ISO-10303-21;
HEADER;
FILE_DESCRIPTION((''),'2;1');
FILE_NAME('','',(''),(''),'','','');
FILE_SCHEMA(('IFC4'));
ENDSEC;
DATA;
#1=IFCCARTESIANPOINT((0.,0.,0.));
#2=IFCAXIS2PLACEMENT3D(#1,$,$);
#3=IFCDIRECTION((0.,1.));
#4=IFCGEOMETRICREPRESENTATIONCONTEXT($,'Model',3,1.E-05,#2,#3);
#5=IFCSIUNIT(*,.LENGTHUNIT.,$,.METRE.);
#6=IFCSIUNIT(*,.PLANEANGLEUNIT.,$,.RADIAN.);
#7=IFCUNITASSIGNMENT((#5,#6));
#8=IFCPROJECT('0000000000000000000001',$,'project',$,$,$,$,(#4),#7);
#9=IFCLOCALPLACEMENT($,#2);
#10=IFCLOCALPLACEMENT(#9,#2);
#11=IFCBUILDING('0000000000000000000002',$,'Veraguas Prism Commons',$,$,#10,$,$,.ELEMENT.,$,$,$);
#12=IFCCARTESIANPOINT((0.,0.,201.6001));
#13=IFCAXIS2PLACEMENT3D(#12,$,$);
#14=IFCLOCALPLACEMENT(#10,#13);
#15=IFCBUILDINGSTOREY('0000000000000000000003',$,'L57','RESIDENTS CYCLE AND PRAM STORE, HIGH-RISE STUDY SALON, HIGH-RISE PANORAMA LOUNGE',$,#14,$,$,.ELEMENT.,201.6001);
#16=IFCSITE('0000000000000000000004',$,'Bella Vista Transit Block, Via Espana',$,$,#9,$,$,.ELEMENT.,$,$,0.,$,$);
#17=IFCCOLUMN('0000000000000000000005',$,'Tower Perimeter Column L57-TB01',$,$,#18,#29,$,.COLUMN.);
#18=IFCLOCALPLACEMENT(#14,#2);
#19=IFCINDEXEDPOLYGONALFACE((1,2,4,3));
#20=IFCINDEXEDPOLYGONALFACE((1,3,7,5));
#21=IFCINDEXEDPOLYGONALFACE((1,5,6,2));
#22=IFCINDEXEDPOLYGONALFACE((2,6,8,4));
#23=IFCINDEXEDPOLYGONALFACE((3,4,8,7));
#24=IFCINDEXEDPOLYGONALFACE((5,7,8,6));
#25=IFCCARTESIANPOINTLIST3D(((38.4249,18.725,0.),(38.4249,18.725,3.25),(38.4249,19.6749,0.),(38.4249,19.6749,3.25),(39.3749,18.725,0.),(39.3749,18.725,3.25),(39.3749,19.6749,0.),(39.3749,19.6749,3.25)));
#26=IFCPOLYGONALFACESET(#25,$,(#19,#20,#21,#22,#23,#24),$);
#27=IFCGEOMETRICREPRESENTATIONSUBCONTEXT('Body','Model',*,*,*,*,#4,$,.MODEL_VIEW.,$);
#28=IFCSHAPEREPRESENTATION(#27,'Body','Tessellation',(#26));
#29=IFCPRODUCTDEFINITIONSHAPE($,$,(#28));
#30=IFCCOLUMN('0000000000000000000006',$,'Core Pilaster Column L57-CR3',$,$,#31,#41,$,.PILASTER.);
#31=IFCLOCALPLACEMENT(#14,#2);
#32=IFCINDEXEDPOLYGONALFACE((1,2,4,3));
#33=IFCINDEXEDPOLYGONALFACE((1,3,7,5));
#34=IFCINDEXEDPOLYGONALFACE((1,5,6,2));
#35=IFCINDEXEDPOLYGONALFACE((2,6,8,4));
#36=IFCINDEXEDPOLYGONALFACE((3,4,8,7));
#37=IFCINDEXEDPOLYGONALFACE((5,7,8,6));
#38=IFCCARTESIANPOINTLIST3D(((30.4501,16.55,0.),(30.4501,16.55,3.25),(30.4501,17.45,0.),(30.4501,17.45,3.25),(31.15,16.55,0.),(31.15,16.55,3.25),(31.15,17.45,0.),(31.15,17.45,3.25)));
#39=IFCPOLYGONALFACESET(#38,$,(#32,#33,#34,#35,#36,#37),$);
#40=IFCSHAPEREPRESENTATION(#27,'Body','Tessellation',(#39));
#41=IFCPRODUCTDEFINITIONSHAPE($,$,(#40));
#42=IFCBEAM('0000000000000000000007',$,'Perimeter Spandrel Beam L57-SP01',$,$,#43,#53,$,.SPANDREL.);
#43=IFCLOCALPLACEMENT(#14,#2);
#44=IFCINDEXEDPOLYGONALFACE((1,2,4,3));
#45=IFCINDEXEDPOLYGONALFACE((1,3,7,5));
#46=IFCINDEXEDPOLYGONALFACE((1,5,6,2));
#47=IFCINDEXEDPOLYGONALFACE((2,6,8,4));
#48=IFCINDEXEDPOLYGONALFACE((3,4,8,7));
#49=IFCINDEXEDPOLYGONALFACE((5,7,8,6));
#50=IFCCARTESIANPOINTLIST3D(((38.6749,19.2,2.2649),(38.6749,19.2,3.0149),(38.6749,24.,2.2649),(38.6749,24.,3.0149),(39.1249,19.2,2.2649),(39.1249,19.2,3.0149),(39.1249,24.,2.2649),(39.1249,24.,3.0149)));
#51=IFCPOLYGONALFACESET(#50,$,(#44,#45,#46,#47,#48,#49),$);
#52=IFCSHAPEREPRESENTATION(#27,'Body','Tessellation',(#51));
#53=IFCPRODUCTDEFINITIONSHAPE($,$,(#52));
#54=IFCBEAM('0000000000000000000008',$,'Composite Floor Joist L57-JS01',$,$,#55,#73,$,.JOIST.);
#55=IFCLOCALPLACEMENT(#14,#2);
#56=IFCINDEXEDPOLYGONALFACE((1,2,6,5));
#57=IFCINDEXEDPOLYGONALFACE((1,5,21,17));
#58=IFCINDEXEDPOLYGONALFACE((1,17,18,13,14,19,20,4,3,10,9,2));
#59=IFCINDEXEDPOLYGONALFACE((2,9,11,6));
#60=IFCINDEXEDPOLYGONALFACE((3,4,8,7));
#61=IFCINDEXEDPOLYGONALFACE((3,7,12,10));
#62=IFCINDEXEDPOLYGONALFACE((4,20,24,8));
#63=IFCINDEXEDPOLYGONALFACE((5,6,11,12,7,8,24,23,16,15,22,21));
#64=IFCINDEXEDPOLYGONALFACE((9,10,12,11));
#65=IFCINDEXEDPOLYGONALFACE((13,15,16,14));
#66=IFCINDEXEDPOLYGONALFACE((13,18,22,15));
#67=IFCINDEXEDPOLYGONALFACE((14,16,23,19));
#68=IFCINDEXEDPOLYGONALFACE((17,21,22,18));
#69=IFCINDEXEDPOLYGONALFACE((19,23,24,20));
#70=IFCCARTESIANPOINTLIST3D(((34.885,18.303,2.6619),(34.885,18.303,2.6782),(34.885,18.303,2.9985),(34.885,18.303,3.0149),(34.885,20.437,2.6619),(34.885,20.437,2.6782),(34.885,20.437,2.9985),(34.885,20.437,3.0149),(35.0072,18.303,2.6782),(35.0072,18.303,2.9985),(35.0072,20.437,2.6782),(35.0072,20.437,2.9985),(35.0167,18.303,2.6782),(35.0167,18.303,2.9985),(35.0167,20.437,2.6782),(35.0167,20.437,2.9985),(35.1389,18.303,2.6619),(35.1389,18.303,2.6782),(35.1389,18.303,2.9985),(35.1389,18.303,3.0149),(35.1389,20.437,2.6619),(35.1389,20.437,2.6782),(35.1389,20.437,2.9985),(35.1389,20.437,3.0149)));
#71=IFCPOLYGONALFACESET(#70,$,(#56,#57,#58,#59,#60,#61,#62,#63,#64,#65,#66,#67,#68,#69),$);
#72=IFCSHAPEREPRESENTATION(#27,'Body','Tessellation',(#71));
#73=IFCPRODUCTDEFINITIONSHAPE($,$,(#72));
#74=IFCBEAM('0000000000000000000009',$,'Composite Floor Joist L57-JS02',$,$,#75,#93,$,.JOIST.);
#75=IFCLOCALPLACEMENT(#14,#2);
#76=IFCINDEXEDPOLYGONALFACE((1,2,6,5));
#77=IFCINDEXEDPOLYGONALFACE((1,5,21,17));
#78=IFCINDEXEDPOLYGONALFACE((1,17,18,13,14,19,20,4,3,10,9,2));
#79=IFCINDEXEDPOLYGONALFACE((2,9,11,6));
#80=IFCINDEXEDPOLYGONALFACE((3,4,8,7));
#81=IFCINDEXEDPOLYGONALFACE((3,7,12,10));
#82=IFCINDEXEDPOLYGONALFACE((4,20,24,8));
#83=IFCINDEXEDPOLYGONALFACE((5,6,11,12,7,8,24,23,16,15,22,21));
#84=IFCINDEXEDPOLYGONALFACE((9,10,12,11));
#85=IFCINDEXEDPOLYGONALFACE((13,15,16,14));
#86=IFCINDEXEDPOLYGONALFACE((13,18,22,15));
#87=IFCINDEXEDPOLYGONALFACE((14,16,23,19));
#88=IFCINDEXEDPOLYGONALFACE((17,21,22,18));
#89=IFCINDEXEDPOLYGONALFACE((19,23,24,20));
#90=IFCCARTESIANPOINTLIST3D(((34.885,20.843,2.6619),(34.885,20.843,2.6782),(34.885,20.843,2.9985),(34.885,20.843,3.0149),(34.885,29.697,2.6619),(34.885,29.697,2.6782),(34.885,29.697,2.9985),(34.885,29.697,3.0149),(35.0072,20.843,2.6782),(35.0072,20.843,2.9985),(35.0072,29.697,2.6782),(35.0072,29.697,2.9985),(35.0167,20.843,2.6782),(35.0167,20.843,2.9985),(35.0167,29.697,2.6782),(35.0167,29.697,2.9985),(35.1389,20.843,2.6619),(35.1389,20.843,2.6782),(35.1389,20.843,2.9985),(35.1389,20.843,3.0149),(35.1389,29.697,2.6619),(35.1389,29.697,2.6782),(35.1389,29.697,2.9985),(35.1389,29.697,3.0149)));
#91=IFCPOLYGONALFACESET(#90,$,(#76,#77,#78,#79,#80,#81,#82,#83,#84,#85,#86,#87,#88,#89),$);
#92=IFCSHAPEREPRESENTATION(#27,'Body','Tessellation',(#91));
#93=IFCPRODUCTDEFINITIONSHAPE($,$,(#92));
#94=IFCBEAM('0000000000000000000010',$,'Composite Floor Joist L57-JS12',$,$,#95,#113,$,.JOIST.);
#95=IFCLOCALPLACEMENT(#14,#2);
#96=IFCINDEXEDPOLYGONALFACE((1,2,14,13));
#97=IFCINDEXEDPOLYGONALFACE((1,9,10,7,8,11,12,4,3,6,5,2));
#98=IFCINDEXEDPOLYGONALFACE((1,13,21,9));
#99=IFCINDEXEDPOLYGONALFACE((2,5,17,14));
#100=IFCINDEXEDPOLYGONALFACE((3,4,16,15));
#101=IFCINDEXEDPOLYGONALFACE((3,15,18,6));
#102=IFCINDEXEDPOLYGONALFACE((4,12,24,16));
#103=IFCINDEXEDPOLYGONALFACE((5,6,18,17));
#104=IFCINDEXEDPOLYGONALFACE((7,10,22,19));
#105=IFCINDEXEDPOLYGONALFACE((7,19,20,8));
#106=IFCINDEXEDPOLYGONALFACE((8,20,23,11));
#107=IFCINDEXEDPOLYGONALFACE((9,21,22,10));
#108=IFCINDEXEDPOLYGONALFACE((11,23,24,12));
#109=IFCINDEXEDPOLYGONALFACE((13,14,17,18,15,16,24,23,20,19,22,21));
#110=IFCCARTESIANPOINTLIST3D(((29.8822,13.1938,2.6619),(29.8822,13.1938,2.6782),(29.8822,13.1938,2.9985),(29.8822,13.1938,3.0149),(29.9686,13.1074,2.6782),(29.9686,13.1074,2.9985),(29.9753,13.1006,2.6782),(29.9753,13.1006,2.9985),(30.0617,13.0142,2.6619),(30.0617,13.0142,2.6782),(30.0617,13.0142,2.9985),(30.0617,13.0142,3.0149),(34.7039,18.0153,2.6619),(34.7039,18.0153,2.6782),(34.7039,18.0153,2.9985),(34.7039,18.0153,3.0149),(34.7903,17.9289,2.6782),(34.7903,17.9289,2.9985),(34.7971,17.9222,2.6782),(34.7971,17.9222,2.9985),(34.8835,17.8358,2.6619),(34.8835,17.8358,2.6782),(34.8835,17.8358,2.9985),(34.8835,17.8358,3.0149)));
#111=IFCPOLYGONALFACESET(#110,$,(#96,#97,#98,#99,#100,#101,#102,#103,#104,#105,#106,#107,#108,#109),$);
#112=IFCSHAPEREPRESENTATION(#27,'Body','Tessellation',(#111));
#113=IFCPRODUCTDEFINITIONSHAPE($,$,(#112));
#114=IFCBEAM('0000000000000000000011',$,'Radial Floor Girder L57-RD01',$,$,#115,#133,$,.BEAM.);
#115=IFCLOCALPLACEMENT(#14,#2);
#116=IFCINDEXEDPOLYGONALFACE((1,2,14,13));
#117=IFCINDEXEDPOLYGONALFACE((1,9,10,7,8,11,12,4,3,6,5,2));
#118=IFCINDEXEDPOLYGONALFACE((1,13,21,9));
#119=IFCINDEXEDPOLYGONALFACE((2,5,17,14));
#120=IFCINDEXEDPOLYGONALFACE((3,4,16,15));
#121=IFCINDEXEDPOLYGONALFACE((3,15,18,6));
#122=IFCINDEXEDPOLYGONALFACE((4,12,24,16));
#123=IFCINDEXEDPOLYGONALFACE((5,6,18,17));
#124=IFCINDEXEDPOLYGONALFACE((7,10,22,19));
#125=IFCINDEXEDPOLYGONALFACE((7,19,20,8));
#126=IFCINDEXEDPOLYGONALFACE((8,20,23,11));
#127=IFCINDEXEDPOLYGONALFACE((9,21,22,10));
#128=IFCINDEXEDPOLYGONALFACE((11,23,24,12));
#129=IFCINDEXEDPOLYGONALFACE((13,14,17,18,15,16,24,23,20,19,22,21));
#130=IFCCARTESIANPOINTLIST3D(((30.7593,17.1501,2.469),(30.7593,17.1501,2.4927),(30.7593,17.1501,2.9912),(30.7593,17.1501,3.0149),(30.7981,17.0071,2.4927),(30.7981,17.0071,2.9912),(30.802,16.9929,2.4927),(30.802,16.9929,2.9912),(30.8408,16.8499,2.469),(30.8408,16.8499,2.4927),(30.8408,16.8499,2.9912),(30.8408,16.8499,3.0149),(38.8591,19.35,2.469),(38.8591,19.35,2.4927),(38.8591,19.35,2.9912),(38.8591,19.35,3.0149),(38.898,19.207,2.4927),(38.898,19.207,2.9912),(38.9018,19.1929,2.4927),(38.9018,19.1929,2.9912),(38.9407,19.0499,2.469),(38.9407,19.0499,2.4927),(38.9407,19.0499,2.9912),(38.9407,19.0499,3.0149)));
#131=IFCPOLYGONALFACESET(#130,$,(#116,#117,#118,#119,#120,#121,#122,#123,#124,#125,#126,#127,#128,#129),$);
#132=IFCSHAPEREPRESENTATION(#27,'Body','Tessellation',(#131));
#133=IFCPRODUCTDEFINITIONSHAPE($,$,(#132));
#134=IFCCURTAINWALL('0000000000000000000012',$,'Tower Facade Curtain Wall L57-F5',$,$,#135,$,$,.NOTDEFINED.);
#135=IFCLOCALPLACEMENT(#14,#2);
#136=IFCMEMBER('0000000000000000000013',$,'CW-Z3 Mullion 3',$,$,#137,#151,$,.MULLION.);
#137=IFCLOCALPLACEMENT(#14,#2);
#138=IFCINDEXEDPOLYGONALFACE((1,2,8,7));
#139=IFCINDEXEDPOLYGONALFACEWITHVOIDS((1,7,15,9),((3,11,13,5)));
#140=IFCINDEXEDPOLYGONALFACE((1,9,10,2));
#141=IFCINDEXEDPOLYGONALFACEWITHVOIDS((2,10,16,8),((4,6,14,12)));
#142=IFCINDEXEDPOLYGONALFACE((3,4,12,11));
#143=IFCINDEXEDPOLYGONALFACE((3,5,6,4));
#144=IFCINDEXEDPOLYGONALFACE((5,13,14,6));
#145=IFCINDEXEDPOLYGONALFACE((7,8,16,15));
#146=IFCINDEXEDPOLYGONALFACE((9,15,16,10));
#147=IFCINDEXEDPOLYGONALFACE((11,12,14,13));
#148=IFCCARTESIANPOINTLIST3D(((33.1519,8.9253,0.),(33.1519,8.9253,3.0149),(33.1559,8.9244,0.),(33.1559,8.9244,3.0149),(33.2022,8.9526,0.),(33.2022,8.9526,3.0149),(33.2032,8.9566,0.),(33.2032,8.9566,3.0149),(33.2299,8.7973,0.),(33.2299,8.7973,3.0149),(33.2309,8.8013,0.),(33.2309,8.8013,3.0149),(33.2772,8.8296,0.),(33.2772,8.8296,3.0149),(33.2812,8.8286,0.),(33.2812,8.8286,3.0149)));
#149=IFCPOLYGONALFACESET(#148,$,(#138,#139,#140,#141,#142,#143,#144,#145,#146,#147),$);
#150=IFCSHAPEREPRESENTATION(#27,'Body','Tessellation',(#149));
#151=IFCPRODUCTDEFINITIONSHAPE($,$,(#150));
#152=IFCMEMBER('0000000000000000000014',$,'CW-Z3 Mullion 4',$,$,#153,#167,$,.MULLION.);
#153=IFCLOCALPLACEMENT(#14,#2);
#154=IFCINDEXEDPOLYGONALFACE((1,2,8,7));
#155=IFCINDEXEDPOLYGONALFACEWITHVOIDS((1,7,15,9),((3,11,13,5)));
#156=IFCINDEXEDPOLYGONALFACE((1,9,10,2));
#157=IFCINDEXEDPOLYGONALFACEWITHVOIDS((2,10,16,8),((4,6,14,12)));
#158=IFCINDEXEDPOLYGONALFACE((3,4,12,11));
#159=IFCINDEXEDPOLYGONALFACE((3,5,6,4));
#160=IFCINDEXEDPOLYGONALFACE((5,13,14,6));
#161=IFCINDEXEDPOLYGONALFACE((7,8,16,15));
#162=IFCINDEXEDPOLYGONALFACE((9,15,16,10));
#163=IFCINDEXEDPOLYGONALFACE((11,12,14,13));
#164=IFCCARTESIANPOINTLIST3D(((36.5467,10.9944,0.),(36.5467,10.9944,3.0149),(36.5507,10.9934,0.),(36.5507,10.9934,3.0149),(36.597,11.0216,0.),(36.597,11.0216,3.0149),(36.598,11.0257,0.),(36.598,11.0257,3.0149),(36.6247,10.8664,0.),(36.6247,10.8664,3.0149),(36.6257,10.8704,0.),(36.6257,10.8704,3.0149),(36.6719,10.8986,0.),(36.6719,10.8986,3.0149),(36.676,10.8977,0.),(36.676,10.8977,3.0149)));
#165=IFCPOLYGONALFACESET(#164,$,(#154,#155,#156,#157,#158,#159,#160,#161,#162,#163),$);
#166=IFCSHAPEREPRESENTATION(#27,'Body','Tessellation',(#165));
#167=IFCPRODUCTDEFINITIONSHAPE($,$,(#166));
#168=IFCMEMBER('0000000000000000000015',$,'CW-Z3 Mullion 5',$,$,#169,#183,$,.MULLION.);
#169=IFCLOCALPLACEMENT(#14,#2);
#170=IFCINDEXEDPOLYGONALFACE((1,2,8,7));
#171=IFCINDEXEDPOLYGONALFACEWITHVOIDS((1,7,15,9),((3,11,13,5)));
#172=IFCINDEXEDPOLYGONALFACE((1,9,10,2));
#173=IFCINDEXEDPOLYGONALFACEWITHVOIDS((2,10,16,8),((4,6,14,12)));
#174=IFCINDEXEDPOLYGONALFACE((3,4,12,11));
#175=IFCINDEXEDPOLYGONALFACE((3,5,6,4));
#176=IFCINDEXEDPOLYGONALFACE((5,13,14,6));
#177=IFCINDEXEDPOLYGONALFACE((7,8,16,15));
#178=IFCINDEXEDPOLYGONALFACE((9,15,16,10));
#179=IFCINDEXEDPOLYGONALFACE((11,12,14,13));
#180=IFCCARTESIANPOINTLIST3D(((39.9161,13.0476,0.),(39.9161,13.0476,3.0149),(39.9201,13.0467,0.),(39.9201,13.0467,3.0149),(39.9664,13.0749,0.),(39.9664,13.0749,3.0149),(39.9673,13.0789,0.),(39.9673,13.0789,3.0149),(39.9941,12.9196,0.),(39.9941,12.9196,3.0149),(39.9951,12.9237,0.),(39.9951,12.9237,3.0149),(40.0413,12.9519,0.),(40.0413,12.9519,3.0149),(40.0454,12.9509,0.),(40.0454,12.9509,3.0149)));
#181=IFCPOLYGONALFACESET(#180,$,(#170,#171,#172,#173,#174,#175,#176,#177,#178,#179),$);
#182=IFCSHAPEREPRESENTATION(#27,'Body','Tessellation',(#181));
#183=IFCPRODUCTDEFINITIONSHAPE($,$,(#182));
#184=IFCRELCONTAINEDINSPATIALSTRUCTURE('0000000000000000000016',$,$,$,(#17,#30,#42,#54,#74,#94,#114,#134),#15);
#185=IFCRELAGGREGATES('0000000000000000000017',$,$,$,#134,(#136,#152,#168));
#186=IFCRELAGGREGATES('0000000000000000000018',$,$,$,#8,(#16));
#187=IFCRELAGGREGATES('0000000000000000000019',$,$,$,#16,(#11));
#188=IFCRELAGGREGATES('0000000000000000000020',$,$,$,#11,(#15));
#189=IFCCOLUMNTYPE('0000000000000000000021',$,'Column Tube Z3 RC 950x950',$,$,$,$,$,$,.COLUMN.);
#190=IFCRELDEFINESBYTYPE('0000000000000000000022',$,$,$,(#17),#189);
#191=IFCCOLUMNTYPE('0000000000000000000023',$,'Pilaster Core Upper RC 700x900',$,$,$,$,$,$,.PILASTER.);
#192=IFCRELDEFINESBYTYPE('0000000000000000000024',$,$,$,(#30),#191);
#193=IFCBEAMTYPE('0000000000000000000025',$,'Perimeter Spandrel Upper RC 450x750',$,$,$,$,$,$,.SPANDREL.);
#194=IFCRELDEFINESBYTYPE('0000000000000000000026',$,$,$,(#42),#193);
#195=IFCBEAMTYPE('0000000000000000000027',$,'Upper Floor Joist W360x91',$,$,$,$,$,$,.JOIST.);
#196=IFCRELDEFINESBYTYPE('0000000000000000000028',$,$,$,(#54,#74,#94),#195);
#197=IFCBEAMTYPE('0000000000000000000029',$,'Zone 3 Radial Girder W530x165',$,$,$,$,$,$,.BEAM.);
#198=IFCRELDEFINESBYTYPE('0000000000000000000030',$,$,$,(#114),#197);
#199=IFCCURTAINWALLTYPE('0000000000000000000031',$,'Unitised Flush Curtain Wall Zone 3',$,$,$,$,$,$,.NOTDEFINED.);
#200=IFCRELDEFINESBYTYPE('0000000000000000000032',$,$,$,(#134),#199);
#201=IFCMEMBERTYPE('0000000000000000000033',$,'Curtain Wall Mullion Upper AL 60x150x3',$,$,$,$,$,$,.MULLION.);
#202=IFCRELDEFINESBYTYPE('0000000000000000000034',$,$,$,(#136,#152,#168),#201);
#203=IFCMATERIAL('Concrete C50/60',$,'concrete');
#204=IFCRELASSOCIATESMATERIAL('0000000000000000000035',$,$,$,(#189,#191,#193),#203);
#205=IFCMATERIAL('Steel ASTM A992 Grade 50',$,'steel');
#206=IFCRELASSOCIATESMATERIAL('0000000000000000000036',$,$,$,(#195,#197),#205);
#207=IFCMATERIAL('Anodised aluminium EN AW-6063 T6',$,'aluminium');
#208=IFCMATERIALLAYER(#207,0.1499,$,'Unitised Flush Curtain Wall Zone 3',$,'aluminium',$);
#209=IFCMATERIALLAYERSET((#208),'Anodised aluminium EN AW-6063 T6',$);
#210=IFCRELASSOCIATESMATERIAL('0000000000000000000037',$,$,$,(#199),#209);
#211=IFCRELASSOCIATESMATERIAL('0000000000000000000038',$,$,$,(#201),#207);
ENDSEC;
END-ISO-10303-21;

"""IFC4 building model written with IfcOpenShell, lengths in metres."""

from ifc_helpers import new_model, si_unit, direction, frame, origin, origin_2d, place, context, subcontext, project, spatial, rectangle, hollow_rectangle, i_section, extrude, source, transform, mapped, material, layer, layer_set, material_profile, profile_set, type_object, element, aggregate, save


model = new_model("IFC4")

# Units and contexts
model_context = context("Model", 3, precision=1e-05, world=origin(), true_north=direction((0.0, 1.0)))
body_context = subcontext(model_context, "Body", "Model", "MODEL_VIEW")
ifc_project = project(units=[si_unit("LENGTHUNIT", "METRE"), si_unit("PLANEANGLEUNIT", "RADIAN")], contexts=[model_context])

# Site, building, storey
site_placement = place(None, origin())
site = spatial("IfcSite", under=ifc_project, at=site_placement, Name="Bella Vista Transit Block, Via Espana", CompositionType="ELEMENT", RefElevation=0.0)
building_placement = place(site_placement, origin())
building = spatial("IfcBuilding", under=site, at=building_placement, Name="Veraguas Prism Commons", CompositionType="ELEMENT")
storey_placement = place(building_placement, frame((0.0, 0.0, 201.6001)))
storey = spatial("IfcBuildingStorey", under=building, at=storey_placement, Name="L57", Description="RESIDENTS CYCLE AND PRAM STORE, HIGH-RISE STUDY SALON, HIGH-RISE PANORAMA LOUNGE", CompositionType="ELEMENT", Elevation=201.6001)

# Columns
ifc_material_1 = material(Name="Concrete C50/60", Category="concrete")
ifc_material_profile_1 = material_profile(ifc_material_1, rectangle(XDim=0.95, YDim=0.95, at=origin_2d()), Name="RC950X950")
ifc_profile_set_1 = profile_set([ifc_material_profile_1], Name="Concrete C50/60")
column_type_1 = type_object("IfcColumnType", Name="Column Tube Z3 RC 950x950", PredefinedType="COLUMN", material=ifc_profile_set_1)
column_1_placement = place(storey_placement, frame((38.8999, 19.2, 0.0), z_axis=(0.0, 0.0, 1.0), x_axis=(1.0, 0.0, 0.0)))
element("IfcColumn", 1, at=column_1_placement, inside=storey, type_object=column_type_1, Name="Tower Perimeter Column L57-TB01", PredefinedType="COLUMN", context=body_context, shape_type="SweptSolid", body=[
    extrude(rectangle(XDim=0.95, YDim=0.95, at=origin_2d()), origin(), (0.0, 0.0, 1.0), 3.25),
])
ifc_material_profile_2 = material_profile(ifc_material_1, rectangle(XDim=0.7, YDim=0.8999, at=origin_2d()), Name="RC700X900")
ifc_profile_set_2 = profile_set([ifc_material_profile_2], Name="Concrete C50/60")
column_type_2 = type_object("IfcColumnType", Name="Pilaster Core Upper RC 700x900", PredefinedType="PILASTER", material=ifc_profile_set_2)
column_2_placement = place(storey_placement, frame((30.8, 17.0, 0.0), z_axis=(0.0, 0.0, 1.0), x_axis=(1.0, 0.0, 0.0)))
element("IfcColumn", 2, at=column_2_placement, inside=storey, type_object=column_type_2, Name="Core Pilaster Column L57-CR3", PredefinedType="PILASTER", context=body_context, shape_type="SweptSolid", body=[
    extrude(rectangle(XDim=0.7, YDim=0.8999, at=origin_2d()), origin(), (0.0, 0.0, 1.0), 3.25),
])

# Beams
ifc_material_profile_3 = material_profile(ifc_material_1, rectangle(XDim=0.45, YDim=0.75, at=origin_2d()), Name="RC450X750")
ifc_profile_set_3 = profile_set([ifc_material_profile_3], Name="Concrete C50/60")
beam_type_1 = type_object("IfcBeamType", Name="Perimeter Spandrel Upper RC 450x750", PredefinedType="SPANDREL", material=ifc_profile_set_3)
beam_1_placement = place(storey_placement, frame((38.8999, 19.2, 2.6399), z_axis=(0.0, 1.0, 0.0), x_axis=(-1.0, 0.0, 0.0)))
element("IfcBeam", 3, at=beam_1_placement, inside=storey, type_object=beam_type_1, Name="Perimeter Spandrel Beam L57-SP01", PredefinedType="SPANDREL", context=body_context, shape_type="SweptSolid", body=[
    extrude(rectangle(XDim=0.45, YDim=0.75, at=origin_2d()), origin(), (0.0, 0.0, 1.0), 4.8),
])
ifc_material_2 = material(Name="Steel ASTM A992 Grade 50", Category="steel")
ifc_material_profile_4 = material_profile(ifc_material_2, i_section(OverallWidth=0.2539, OverallDepth=0.353, WebThickness=0.0095, FlangeThickness=0.0164, at=origin_2d()), Name="W360X91")
ifc_profile_set_4 = profile_set([ifc_material_profile_4], Name="Steel ASTM A992 Grade 50")
beam_type_2 = type_object("IfcBeamType", Name="Upper Floor Joist W360x91", PredefinedType="JOIST", material=ifc_profile_set_4)
beam_2_placement = place(storey_placement, frame((35.012, 18.303, 2.8384), z_axis=(0.0, 1.0, 0.0), x_axis=(-1.0, 0.0, 0.0)))
element("IfcBeam", 4, at=beam_2_placement, inside=storey, type_object=beam_type_2, Name="Composite Floor Joist L57-JS01", PredefinedType="JOIST", context=body_context, shape_type="SweptSolid", body=[
    extrude(i_section(OverallWidth=0.2539, OverallDepth=0.353, WebThickness=0.0095, FlangeThickness=0.0164, at=origin_2d()), origin(), (0.0, 0.0, 1.0), 2.134),
])
beam_3_placement = place(storey_placement, frame((35.012, 20.843, 2.8384), z_axis=(0.0, 1.0, 0.0), x_axis=(-1.0, 0.0, 0.0)))
element("IfcBeam", 5, at=beam_3_placement, inside=storey, type_object=beam_type_2, Name="Composite Floor Joist L57-JS02", PredefinedType="JOIST", context=body_context, shape_type="SweptSolid", body=[
    extrude(i_section(OverallWidth=0.2539, OverallDepth=0.353, WebThickness=0.0095, FlangeThickness=0.0164, at=origin_2d()), origin(), (0.0, 0.0, 1.0), 8.854),
])
beam_4_placement = place(storey_placement, frame((29.9719, 13.104, 2.8384), z_axis=(0.707125, 0.707089, 0.0), x_axis=(-0.707089, 0.707125, 0.0)))
element("IfcBeam", 6, at=beam_4_placement, inside=storey, type_object=beam_type_2, Name="Composite Floor Joist L57-JS12", PredefinedType="JOIST", context=body_context, shape_type="SweptSolid", body=[
    extrude(i_section(OverallWidth=0.2539, OverallDepth=0.353, WebThickness=0.0095, FlangeThickness=0.0164, at=origin_2d()), origin(), (0.0, 0.0, 1.0), 6.8188),
])
ifc_material_profile_5 = material_profile(ifc_material_2, i_section(OverallWidth=0.311, OverallDepth=0.5459, WebThickness=0.0146, FlangeThickness=0.0237, at=origin_2d()), Name="W530X165")
ifc_profile_set_5 = profile_set([ifc_material_profile_5], Name="Steel ASTM A992 Grade 50")
beam_type_3 = type_object("IfcBeamType", Name="Zone 3 Radial Girder W530x165", PredefinedType="BEAM", material=ifc_profile_set_5)
beam_5_placement = place(storey_placement, frame((38.8999, 19.2, 2.7419), z_axis=(-0.965039, -0.262108, 0.0), x_axis=(0.262108, -0.965039, 0.0)))
element("IfcBeam", 7, at=beam_5_placement, inside=storey, type_object=beam_type_3, Name="Radial Floor Girder L57-RD01", PredefinedType="BEAM", context=body_context, shape_type="SweptSolid", body=[
    extrude(i_section(OverallWidth=0.311, OverallDepth=0.5459, WebThickness=0.0146, FlangeThickness=0.0237, at=origin_2d()), origin(), (0.0, 0.0, 1.0), 8.3933),
])

# Curtain wall, members
ifc_material_3 = material(Name="Anodised aluminium EN AW-6063 T6", Category="aluminium")
ifc_layer_1 = layer(ifc_material_3, 0.1499, Name="Unitised Flush Curtain Wall Zone 3", Category="aluminium")
ifc_layer_set_1 = layer_set([ifc_layer_1], Name="Anodised aluminium EN AW-6063 T6")
curtain_wall_type = type_object("IfcCurtainWallType", Name="Unitised Flush Curtain Wall Zone 3", PredefinedType="NOTDEFINED", material=ifc_layer_set_1)
curtain_wall_1_placement = place(storey_placement, origin())
curtain_wall_1 = element("IfcCurtainWall", 8, at=curtain_wall_1_placement, inside=storey, type_object=curtain_wall_type, Name="Tower Facade Curtain Wall L57-F5", PredefinedType="NOTDEFINED")
ifc_material_profile_6 = material_profile(ifc_material_3, hollow_rectangle(XDim=0.0601, YDim=0.1499, WallThickness=0.0029, at=origin_2d()), Name="AL60X150X3")
ifc_profile_set_6 = profile_set([ifc_material_profile_6], Name="Anodised aluminium EN AW-6063 T6")
member_type_1 = type_object("IfcMemberType", Name="Curtain Wall Mullion Upper AL 60x150x3", PredefinedType="MULLION", material=ifc_profile_set_6)
shared_shape_1 = source(origin(), body_context, "Body", "SweptSolid", [
    extrude(hollow_rectangle(XDim=0.0601, YDim=0.1499, WallThickness=0.0029, at=origin_2d()), origin(), (0.0, 0.0, 1.0), 3.0149),
])
member_1_placement = place(storey_placement, frame((33.2166, 8.877, 0.0), z_axis=(0.0, 0.0, 1.0), x_axis=(0.853914, 0.520414, 0.0)))
member_1 = element("IfcMember", 9, at=member_1_placement, type_object=member_type_1, Name="CW-Z3 Mullion 3", PredefinedType="MULLION", context=body_context, shape_type="MappedRepresentation", body=[
    mapped(shared_shape_1, transform((0.0, 0.0, 0.0), scale=1.0)),
])
member_2_placement = place(storey_placement, frame((36.6113, 10.946, 0.0), z_axis=(0.0, 0.0, 1.0), x_axis=(0.853914, 0.520414, 0.0)))
member_2 = element("IfcMember", 10, at=member_2_placement, type_object=member_type_1, Name="CW-Z3 Mullion 4", PredefinedType="MULLION", context=body_context, shape_type="MappedRepresentation", body=[
    mapped(shared_shape_1, transform((0.0, 0.0, 0.0), scale=1.0)),
])
member_3_placement = place(storey_placement, frame((39.9807, 12.9993, 0.0), z_axis=(0.0, 0.0, 1.0), x_axis=(0.853914, 0.520414, 0.0)))
member_3 = element("IfcMember", 11, at=member_3_placement, type_object=member_type_1, Name="CW-Z3 Mullion 5", PredefinedType="MULLION", context=body_context, shape_type="MappedRepresentation", body=[
    mapped(shared_shape_1, transform((0.0, 0.0, 0.0), scale=1.0)),
])

aggregate(curtain_wall_1, [member_1, member_2, member_3])

save(model, "model.ifc")
